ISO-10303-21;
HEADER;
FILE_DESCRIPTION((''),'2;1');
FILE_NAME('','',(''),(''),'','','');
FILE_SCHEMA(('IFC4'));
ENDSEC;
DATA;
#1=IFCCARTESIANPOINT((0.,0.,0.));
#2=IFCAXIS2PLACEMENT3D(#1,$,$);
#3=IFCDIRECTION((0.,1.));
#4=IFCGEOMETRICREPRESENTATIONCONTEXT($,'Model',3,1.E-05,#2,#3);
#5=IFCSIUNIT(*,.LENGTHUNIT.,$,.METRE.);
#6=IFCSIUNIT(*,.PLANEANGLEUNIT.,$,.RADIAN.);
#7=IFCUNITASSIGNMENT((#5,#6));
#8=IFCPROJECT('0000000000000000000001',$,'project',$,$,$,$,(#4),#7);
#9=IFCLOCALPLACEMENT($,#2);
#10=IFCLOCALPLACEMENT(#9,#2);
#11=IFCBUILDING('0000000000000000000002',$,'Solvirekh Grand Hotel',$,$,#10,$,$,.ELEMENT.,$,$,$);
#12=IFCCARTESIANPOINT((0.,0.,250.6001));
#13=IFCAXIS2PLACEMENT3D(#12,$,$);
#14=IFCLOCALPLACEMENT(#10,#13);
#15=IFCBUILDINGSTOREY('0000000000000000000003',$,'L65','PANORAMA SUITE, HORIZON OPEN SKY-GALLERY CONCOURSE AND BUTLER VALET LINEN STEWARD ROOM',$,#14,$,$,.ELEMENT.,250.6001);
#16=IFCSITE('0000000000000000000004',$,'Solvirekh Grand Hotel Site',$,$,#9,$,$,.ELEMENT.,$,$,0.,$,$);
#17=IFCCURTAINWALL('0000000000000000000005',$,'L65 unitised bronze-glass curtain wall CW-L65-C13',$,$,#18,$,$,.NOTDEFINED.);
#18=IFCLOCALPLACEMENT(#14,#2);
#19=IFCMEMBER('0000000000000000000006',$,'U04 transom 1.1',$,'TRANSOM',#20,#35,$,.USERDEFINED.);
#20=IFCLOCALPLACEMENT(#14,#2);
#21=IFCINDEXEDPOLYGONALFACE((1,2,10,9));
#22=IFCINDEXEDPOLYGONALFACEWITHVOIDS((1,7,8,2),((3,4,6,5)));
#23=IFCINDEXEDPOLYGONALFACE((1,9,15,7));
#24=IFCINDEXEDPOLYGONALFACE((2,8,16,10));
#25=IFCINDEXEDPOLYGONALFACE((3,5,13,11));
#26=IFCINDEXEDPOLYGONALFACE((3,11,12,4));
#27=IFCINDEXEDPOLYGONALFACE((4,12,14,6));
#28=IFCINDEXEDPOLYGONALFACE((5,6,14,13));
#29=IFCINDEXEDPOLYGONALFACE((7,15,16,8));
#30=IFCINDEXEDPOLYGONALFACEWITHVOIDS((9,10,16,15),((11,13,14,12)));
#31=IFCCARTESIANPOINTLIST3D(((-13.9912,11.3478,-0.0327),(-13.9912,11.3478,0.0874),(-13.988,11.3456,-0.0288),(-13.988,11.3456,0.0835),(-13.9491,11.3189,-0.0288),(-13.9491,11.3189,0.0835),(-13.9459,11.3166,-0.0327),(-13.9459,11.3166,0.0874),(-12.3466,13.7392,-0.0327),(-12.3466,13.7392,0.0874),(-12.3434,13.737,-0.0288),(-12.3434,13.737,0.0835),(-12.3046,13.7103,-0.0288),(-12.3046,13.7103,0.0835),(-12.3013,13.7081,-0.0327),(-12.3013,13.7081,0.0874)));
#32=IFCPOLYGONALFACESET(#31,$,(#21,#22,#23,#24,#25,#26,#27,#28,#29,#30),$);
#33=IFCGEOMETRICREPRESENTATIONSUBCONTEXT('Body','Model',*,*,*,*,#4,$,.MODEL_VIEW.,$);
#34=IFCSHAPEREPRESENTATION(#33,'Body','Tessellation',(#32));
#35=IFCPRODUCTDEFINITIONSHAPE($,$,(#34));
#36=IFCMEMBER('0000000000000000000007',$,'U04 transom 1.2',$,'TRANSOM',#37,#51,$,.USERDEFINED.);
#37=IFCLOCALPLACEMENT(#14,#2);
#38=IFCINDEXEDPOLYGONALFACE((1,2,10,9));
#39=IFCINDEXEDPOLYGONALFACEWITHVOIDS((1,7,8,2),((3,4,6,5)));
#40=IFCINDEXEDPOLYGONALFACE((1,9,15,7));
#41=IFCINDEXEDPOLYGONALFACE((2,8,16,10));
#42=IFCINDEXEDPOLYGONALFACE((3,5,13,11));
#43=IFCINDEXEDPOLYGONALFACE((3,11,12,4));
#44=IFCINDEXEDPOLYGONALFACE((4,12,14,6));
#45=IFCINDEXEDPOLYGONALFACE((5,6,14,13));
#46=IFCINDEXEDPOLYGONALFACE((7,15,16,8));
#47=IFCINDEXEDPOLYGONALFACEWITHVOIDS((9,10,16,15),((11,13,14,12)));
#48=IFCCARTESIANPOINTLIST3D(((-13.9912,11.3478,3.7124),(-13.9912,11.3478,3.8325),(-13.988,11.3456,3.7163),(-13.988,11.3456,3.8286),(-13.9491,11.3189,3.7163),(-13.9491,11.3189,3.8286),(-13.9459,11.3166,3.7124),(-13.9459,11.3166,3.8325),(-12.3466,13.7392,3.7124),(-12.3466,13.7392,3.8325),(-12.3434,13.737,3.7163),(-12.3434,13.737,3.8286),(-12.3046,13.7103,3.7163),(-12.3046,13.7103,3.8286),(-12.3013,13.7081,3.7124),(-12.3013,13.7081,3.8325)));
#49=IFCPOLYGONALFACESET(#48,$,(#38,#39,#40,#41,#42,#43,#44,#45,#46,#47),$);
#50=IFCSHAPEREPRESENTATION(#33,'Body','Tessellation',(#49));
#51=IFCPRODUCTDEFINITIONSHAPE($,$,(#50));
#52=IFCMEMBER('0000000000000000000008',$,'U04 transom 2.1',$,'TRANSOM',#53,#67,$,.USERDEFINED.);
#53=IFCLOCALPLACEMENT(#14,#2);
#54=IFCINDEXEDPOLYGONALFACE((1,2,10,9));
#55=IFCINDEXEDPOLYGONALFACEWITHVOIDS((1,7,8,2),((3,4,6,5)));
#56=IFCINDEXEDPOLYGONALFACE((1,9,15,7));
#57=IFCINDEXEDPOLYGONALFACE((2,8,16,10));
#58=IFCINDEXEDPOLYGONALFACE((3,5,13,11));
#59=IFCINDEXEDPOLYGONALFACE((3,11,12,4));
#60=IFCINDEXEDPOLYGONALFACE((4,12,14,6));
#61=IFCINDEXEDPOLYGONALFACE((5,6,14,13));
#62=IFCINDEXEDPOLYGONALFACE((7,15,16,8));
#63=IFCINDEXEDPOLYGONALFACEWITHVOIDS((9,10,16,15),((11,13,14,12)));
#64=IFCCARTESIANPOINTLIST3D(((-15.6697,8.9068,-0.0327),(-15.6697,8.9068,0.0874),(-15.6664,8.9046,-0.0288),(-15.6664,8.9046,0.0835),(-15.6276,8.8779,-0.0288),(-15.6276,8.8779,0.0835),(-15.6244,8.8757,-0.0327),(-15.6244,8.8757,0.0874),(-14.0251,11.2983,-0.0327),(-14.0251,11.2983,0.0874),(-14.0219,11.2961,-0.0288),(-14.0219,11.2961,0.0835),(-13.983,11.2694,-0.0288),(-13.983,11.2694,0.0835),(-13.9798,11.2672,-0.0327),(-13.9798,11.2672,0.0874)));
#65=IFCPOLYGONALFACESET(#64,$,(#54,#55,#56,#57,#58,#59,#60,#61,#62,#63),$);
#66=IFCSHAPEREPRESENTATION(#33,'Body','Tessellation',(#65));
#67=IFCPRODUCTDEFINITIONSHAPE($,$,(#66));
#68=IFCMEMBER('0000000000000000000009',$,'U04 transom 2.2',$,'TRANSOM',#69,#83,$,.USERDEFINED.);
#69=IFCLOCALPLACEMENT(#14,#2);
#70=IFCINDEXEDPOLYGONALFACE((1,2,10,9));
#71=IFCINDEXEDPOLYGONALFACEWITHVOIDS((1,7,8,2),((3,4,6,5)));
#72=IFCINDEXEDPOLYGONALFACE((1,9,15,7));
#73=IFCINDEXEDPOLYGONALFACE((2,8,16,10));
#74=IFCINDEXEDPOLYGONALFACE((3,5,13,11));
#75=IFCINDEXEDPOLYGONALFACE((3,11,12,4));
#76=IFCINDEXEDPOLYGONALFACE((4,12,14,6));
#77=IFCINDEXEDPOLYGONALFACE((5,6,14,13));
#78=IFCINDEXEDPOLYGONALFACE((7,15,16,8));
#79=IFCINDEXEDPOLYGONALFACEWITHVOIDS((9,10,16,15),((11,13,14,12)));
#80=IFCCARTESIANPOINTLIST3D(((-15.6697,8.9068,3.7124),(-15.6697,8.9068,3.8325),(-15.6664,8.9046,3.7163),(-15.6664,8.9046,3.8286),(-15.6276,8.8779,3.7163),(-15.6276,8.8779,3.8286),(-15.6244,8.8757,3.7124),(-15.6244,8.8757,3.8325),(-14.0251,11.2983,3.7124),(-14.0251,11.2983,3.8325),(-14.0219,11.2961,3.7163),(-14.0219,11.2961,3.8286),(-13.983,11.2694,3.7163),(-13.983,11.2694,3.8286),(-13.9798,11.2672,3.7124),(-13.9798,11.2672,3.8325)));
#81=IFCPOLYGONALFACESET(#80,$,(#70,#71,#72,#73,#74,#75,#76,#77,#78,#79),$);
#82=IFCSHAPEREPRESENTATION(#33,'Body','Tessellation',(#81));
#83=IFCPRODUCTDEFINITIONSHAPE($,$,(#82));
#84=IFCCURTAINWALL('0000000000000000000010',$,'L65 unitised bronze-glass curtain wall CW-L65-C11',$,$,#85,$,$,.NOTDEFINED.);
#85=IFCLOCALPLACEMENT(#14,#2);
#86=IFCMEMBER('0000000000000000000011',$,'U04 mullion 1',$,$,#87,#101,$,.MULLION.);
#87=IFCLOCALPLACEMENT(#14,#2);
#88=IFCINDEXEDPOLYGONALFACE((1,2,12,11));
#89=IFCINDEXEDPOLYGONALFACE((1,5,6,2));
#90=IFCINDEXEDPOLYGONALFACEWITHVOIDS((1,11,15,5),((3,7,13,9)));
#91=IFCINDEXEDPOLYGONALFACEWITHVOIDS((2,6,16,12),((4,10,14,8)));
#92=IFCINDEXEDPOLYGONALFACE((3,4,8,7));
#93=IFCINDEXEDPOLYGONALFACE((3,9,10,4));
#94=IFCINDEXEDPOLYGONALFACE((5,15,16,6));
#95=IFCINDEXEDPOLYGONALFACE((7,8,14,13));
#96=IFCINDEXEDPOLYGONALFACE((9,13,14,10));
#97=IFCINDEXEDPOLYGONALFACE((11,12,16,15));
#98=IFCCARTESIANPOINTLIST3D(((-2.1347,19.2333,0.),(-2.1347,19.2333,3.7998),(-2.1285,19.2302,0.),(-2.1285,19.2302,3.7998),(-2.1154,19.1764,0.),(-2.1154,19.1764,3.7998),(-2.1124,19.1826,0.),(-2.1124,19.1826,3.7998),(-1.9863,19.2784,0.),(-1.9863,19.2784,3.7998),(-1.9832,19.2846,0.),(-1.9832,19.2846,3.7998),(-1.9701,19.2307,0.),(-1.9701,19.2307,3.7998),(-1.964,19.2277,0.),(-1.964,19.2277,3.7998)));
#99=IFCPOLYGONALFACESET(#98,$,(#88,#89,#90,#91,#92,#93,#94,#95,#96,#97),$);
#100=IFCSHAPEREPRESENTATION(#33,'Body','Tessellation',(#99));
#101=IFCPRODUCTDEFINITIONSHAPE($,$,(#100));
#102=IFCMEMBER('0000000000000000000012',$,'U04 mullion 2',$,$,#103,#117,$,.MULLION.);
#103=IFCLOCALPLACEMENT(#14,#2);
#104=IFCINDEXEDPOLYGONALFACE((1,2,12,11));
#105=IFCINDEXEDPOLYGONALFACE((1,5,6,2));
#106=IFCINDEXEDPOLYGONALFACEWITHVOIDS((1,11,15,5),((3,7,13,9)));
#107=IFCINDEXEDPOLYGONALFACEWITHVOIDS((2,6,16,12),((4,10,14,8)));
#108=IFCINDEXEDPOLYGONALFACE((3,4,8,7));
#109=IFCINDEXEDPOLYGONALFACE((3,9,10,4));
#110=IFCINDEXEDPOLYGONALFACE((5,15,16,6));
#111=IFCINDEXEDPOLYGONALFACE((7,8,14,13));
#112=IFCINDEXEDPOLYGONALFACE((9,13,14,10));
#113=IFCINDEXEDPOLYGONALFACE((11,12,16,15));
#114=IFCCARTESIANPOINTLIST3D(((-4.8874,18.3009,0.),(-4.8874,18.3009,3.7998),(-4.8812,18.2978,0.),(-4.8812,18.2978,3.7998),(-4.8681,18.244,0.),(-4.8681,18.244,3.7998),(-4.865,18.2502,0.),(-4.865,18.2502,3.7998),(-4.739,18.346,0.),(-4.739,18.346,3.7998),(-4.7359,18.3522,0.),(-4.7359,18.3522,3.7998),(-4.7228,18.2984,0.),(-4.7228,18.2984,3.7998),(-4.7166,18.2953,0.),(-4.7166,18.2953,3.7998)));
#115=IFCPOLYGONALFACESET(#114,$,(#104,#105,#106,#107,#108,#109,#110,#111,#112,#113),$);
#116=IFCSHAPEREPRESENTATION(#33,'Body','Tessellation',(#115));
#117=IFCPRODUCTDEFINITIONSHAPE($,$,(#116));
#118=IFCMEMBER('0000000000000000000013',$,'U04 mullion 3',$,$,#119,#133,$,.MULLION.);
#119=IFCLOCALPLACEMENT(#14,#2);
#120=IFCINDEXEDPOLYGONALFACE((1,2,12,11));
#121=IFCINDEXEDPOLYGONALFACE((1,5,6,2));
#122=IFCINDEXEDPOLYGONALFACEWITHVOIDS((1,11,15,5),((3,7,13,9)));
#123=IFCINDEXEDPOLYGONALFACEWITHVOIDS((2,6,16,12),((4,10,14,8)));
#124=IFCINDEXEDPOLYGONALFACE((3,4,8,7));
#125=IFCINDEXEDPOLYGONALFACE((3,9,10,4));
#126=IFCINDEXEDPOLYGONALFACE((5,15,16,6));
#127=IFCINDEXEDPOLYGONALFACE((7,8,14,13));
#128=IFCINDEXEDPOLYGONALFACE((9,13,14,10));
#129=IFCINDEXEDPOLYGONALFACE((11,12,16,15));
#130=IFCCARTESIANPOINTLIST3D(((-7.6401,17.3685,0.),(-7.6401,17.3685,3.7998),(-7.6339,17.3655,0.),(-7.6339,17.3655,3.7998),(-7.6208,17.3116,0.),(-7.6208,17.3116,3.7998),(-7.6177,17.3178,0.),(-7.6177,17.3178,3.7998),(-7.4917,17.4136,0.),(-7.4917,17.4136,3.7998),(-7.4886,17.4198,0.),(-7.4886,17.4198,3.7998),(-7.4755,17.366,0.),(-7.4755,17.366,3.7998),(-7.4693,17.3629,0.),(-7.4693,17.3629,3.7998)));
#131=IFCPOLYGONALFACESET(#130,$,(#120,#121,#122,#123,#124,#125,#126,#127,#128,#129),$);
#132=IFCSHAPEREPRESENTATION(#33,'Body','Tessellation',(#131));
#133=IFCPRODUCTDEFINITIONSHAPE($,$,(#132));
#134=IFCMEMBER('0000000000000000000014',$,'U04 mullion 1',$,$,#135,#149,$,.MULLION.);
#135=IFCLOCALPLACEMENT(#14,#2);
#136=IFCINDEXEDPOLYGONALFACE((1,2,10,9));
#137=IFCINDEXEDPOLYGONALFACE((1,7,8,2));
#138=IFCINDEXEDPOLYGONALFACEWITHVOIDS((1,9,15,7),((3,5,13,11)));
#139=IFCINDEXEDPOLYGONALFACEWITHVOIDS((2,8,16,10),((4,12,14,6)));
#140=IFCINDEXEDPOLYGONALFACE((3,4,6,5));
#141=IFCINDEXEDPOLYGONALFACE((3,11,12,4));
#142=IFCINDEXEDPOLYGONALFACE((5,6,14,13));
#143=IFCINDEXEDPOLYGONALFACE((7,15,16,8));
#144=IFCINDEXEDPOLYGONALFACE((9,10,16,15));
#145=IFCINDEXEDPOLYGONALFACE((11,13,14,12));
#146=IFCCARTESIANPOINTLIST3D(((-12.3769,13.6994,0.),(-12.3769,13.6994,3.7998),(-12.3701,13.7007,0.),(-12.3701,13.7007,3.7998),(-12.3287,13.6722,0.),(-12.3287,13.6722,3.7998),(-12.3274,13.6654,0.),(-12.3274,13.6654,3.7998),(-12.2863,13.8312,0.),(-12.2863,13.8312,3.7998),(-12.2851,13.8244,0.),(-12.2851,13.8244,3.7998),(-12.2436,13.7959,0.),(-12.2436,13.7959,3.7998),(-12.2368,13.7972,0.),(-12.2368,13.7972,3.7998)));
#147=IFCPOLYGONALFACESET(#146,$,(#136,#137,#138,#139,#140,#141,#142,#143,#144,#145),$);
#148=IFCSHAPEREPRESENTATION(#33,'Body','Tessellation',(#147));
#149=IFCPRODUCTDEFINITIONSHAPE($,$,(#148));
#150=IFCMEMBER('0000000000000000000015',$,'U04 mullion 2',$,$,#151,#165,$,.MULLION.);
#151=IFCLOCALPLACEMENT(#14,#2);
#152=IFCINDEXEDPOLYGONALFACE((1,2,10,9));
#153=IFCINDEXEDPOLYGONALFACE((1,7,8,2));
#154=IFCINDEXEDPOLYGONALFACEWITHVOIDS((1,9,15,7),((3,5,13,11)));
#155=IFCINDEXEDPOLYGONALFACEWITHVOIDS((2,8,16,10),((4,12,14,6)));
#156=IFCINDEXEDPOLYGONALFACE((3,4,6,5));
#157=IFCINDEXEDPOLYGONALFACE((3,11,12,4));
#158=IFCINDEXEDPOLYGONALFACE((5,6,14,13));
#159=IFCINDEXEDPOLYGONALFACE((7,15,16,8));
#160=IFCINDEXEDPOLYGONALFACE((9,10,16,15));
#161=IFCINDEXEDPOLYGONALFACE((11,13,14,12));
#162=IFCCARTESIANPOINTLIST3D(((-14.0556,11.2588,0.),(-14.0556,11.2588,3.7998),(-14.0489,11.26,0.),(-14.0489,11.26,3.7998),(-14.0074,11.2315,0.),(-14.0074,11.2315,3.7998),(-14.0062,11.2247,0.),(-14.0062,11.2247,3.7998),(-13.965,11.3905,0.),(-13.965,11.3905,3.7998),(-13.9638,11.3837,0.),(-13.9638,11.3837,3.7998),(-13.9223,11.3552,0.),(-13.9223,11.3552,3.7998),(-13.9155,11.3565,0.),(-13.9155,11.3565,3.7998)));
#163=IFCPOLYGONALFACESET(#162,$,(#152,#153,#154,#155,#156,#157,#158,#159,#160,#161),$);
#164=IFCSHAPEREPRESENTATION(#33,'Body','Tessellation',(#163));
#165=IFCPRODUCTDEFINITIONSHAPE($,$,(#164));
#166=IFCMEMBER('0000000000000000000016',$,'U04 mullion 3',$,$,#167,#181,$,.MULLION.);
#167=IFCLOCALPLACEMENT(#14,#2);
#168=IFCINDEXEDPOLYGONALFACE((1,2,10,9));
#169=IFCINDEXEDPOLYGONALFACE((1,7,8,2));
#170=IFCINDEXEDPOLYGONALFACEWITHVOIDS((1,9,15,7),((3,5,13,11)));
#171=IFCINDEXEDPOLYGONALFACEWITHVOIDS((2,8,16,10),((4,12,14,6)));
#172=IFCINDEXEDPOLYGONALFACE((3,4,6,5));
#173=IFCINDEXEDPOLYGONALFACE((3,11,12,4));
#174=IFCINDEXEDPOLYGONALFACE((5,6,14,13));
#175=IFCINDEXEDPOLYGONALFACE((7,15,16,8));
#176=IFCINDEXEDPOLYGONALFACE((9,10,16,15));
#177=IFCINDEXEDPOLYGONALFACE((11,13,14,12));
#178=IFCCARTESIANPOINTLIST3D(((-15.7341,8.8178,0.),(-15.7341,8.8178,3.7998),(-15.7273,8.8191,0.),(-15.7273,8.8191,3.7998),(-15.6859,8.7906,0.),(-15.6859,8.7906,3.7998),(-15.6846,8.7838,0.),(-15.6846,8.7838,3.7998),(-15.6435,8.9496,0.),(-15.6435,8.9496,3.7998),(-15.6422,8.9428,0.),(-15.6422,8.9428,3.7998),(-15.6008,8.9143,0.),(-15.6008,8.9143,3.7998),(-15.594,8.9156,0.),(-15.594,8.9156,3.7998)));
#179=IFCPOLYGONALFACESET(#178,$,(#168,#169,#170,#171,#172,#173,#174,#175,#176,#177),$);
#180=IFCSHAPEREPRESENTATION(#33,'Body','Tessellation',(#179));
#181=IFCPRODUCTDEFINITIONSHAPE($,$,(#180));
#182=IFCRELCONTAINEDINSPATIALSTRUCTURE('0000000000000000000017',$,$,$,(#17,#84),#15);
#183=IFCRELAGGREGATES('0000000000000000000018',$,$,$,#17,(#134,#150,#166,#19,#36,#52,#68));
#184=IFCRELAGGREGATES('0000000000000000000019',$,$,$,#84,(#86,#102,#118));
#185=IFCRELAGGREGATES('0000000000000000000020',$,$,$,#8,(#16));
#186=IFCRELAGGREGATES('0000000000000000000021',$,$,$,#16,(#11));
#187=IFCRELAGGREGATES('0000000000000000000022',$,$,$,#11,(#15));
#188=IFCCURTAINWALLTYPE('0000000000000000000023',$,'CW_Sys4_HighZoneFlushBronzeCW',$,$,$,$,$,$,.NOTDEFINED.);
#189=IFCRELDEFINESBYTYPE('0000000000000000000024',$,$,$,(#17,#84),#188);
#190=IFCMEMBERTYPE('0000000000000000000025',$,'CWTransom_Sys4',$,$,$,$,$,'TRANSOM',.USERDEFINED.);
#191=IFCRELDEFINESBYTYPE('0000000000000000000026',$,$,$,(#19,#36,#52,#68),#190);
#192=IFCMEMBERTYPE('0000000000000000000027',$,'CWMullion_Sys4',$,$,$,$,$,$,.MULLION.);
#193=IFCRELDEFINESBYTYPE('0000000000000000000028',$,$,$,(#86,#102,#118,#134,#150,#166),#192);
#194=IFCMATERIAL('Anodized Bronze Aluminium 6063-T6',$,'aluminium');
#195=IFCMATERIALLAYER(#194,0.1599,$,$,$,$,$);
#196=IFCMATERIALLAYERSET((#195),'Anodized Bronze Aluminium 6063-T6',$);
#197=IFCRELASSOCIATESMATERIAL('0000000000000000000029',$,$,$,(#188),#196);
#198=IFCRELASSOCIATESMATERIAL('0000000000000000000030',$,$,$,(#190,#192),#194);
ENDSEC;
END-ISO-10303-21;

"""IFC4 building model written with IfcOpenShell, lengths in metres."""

from ifc_helpers import new_model, si_unit, direction, frame, origin, origin_2d, place, context, subcontext, project, spatial, hollow_rectangle, extrude, source, transform, mapped, material, layer, layer_set, material_profile, profile_set, type_object, element, aggregate, save


model = new_model("IFC4")

# Units and contexts
model_context = context("Model", 3, precision=1e-05, world=origin(), true_north=direction((0.0, 1.0)))
body_context = subcontext(model_context, "Body", "Model", "MODEL_VIEW")
ifc_project = project(units=[si_unit("LENGTHUNIT", "METRE"), si_unit("PLANEANGLEUNIT", "RADIAN")], contexts=[model_context])

# Site, building, storey
site_placement = place(None, origin())
site = spatial("IfcSite", under=ifc_project, at=site_placement, Name="Solvirekh Grand Hotel Site", CompositionType="ELEMENT", RefElevation=0.0)
building_placement = place(site_placement, origin())
building = spatial("IfcBuilding", under=site, at=building_placement, Name="Solvirekh Grand Hotel", CompositionType="ELEMENT")
storey_placement = place(building_placement, frame((0.0, 0.0, 250.6001)))
storey = spatial("IfcBuildingStorey", under=building, at=storey_placement, Name="L65", Description="PANORAMA SUITE, HORIZON OPEN SKY-GALLERY CONCOURSE AND BUTLER VALET LINEN STEWARD ROOM", CompositionType="ELEMENT", Elevation=250.6001)

# Curtain walls, members
ifc_material_1 = material(Name="Anodized Bronze Aluminium 6063-T6", Category="aluminium")
ifc_layer_1 = layer(ifc_material_1, 0.1599)
ifc_layer_set_1 = layer_set([ifc_layer_1], Name="Anodized Bronze Aluminium 6063-T6")
curtain_wall_type = type_object("IfcCurtainWallType", Name="CW_Sys4_HighZoneFlushBronzeCW", PredefinedType="NOTDEFINED", material=ifc_layer_set_1)
curtain_wall_1_placement = place(storey_placement, origin())
curtain_wall_1 = element("IfcCurtainWall", 1, at=curtain_wall_1_placement, inside=storey, type_object=curtain_wall_type, Name="L65 unitised bronze-glass curtain wall CW-L65-C13", PredefinedType="NOTDEFINED")
ifc_material_profile_1 = material_profile(ifc_material_1, hollow_rectangle(XDim=0.0549, YDim=0.1201, WallThickness=0.0039, at=origin_2d()), Name="ALU RHS 120X55X4")
ifc_profile_set_1 = profile_set([ifc_material_profile_1], Name="Anodized Bronze Aluminium 6063-T6")
member_type_1 = type_object("IfcMemberType", Name="CWTransom_Sys4", ElementType="TRANSOM", PredefinedType="USERDEFINED", material=ifc_profile_set_1)
shared_shape_1 = source(origin(), body_context, "Body", "SweptSolid", [
    extrude(hollow_rectangle(XDim=0.0549, YDim=0.1201, WallThickness=0.0039, at=origin_2d()), origin(), (0.0, 0.0, 1.0), 2.9023),
])
member_1_placement = place(storey_placement, frame((-12.324, 13.7236, 0.0273), z_axis=(-0.566639, -0.823966, 0.0), x_axis=(0.823966, -0.566639, 0.0)))
member_1 = element("IfcMember", 2, at=member_1_placement, type_object=member_type_1, Name="U04 transom 1.1", ObjectType="TRANSOM", PredefinedType="USERDEFINED", context=body_context, shape_type="MappedRepresentation", body=[
    mapped(shared_shape_1, transform((0.0, 0.0, 0.0), x_axis=(1.0, 0.0, 0.0), y_axis=(0.0, 1.0, 0.0), z_axis=(0.0, 0.0, 1.0), scale=1.0)),
])
member_2_placement = place(storey_placement, frame((-12.324, 13.7236, 3.7725), z_axis=(-0.566639, -0.823966, 0.0), x_axis=(0.823966, -0.566639, 0.0)))
member_2 = element("IfcMember", 3, at=member_2_placement, type_object=member_type_1, Name="U04 transom 1.2", ObjectType="TRANSOM", PredefinedType="USERDEFINED", context=body_context, shape_type="MappedRepresentation", body=[
    mapped(shared_shape_1, transform((0.0, 0.0, 0.0), x_axis=(1.0, 0.0, 0.0), y_axis=(0.0, 1.0, 0.0), z_axis=(0.0, 0.0, 1.0), scale=1.0)),
])
member_3_placement = place(storey_placement, frame((-14.0024, 11.2827, 0.0273), z_axis=(-0.566639, -0.823966, 0.0), x_axis=(0.823966, -0.566639, 0.0)))
member_3 = element("IfcMember", 4, at=member_3_placement, type_object=member_type_1, Name="U04 transom 2.1", ObjectType="TRANSOM", PredefinedType="USERDEFINED", context=body_context, shape_type="MappedRepresentation", body=[
    mapped(shared_shape_1, transform((0.0, 0.0, 0.0), x_axis=(1.0, 0.0, 0.0), y_axis=(0.0, 1.0, 0.0), z_axis=(0.0, 0.0, 1.0), scale=1.0)),
])
member_4_placement = place(storey_placement, frame((-14.0024, 11.2827, 3.7725), z_axis=(-0.566639, -0.823966, 0.0), x_axis=(0.823966, -0.566639, 0.0)))
member_4 = element("IfcMember", 5, at=member_4_placement, type_object=member_type_1, Name="U04 transom 2.2", ObjectType="TRANSOM", PredefinedType="USERDEFINED", context=body_context, shape_type="MappedRepresentation", body=[
    mapped(shared_shape_1, transform((0.0, 0.0, 0.0), x_axis=(1.0, 0.0, 0.0), y_axis=(0.0, 1.0, 0.0), z_axis=(0.0, 0.0, 1.0), scale=1.0)),
])
curtain_wall_2_placement = place(storey_placement, origin())
curtain_wall_2 = element("IfcCurtainWall", 6, at=curtain_wall_2_placement, inside=storey, type_object=curtain_wall_type, Name="L65 unitised bronze-glass curtain wall CW-L65-C11", PredefinedType="NOTDEFINED")
ifc_material_profile_2 = material_profile(ifc_material_1, hollow_rectangle(XDim=0.0601, YDim=0.1599, WallThickness=0.0049, at=origin_2d()), Name="ALU RHS 160X60X5")
ifc_profile_set_2 = profile_set([ifc_material_profile_2], Name="Anodized Bronze Aluminium 6063-T6")
member_type_2 = type_object("IfcMemberType", Name="CWMullion_Sys4", PredefinedType="MULLION", material=ifc_profile_set_2)
shared_shape_2 = source(origin(), body_context, "Body", "SweptSolid", [
    extrude(hollow_rectangle(XDim=0.0601, YDim=0.1599, WallThickness=0.0049, at=origin_2d()), origin(), (0.0, 0.0, 1.0), 3.7998),
])
member_5_placement = place(storey_placement, frame((-2.0493, 19.2305, 0.0), z_axis=(0.0, 0.0, 1.0), x_axis=(0.320822, -0.94714, 0.0)))
member_5 = element("IfcMember", 7, at=member_5_placement, type_object=member_type_2, Name="U04 mullion 1", PredefinedType="MULLION", context=body_context, shape_type="MappedRepresentation", body=[
    mapped(shared_shape_2, transform((0.0, 0.0, 0.0), x_axis=(1.0, 0.0, 0.0), y_axis=(0.0, 1.0, 0.0), z_axis=(0.0, 0.0, 1.0), scale=1.0)),
])
member_6_placement = place(storey_placement, frame((-4.802, 18.2981, 0.0), z_axis=(0.0, 0.0, 1.0), x_axis=(0.320822, -0.94714, 0.0)))
member_6 = element("IfcMember", 8, at=member_6_placement, type_object=member_type_2, Name="U04 mullion 2", PredefinedType="MULLION", context=body_context, shape_type="MappedRepresentation", body=[
    mapped(shared_shape_2, transform((0.0, 0.0, 0.0), x_axis=(1.0, 0.0, 0.0), y_axis=(0.0, 1.0, 0.0), z_axis=(0.0, 0.0, 1.0), scale=1.0)),
])
member_7_placement = place(storey_placement, frame((-7.5547, 17.3657, 0.0), z_axis=(0.0, 0.0, 1.0), x_axis=(0.320822, -0.94714, 0.0)))
member_7 = element("IfcMember", 9, at=member_7_placement, type_object=member_type_2, Name="U04 mullion 3", PredefinedType="MULLION", context=body_context, shape_type="MappedRepresentation", body=[
    mapped(shared_shape_2, transform((0.0, 0.0, 0.0), x_axis=(1.0, 0.0, 0.0), y_axis=(0.0, 1.0, 0.0), z_axis=(0.0, 0.0, 1.0), scale=1.0)),
])

# Members
member_8_placement = place(storey_placement, frame((-12.3069, 13.7483, 0.0), z_axis=(0.0, 0.0, 1.0), x_axis=(0.823969, -0.566635, 0.0)))
member_8 = element("IfcMember", 10, at=member_8_placement, type_object=member_type_2, Name="U04 mullion 1", PredefinedType="MULLION", context=body_context, shape_type="MappedRepresentation", body=[
    mapped(shared_shape_2, transform((0.0, 0.0, 0.0), x_axis=(1.0, 0.0, 0.0), y_axis=(0.0, 1.0, 0.0), z_axis=(0.0, 0.0, 1.0), scale=1.0)),
])
member_9_placement = place(storey_placement, frame((-13.9856, 11.3076, 0.0), z_axis=(0.0, 0.0, 1.0), x_axis=(0.823969, -0.566635, 0.0)))
member_9 = element("IfcMember", 11, at=member_9_placement, type_object=member_type_2, Name="U04 mullion 2", PredefinedType="MULLION", context=body_context, shape_type="MappedRepresentation", body=[
    mapped(shared_shape_2, transform((0.0, 0.0, 0.0), x_axis=(1.0, 0.0, 0.0), y_axis=(0.0, 1.0, 0.0), z_axis=(0.0, 0.0, 1.0), scale=1.0)),
])
member_10_placement = place(storey_placement, frame((-15.6641, 8.8667, 0.0), z_axis=(0.0, 0.0, 1.0), x_axis=(0.823969, -0.566635, 0.0)))
member_10 = element("IfcMember", 12, at=member_10_placement, type_object=member_type_2, Name="U04 mullion 3", PredefinedType="MULLION", context=body_context, shape_type="MappedRepresentation", body=[
    mapped(shared_shape_2, transform((0.0, 0.0, 0.0), x_axis=(1.0, 0.0, 0.0), y_axis=(0.0, 1.0, 0.0), z_axis=(0.0, 0.0, 1.0), scale=1.0)),
])

aggregate(curtain_wall_1, [member_8, member_9, member_10, member_1, member_2, member_3, member_4])
aggregate(curtain_wall_2, [member_5, member_6, member_7])

save(model, "model.ifc")
